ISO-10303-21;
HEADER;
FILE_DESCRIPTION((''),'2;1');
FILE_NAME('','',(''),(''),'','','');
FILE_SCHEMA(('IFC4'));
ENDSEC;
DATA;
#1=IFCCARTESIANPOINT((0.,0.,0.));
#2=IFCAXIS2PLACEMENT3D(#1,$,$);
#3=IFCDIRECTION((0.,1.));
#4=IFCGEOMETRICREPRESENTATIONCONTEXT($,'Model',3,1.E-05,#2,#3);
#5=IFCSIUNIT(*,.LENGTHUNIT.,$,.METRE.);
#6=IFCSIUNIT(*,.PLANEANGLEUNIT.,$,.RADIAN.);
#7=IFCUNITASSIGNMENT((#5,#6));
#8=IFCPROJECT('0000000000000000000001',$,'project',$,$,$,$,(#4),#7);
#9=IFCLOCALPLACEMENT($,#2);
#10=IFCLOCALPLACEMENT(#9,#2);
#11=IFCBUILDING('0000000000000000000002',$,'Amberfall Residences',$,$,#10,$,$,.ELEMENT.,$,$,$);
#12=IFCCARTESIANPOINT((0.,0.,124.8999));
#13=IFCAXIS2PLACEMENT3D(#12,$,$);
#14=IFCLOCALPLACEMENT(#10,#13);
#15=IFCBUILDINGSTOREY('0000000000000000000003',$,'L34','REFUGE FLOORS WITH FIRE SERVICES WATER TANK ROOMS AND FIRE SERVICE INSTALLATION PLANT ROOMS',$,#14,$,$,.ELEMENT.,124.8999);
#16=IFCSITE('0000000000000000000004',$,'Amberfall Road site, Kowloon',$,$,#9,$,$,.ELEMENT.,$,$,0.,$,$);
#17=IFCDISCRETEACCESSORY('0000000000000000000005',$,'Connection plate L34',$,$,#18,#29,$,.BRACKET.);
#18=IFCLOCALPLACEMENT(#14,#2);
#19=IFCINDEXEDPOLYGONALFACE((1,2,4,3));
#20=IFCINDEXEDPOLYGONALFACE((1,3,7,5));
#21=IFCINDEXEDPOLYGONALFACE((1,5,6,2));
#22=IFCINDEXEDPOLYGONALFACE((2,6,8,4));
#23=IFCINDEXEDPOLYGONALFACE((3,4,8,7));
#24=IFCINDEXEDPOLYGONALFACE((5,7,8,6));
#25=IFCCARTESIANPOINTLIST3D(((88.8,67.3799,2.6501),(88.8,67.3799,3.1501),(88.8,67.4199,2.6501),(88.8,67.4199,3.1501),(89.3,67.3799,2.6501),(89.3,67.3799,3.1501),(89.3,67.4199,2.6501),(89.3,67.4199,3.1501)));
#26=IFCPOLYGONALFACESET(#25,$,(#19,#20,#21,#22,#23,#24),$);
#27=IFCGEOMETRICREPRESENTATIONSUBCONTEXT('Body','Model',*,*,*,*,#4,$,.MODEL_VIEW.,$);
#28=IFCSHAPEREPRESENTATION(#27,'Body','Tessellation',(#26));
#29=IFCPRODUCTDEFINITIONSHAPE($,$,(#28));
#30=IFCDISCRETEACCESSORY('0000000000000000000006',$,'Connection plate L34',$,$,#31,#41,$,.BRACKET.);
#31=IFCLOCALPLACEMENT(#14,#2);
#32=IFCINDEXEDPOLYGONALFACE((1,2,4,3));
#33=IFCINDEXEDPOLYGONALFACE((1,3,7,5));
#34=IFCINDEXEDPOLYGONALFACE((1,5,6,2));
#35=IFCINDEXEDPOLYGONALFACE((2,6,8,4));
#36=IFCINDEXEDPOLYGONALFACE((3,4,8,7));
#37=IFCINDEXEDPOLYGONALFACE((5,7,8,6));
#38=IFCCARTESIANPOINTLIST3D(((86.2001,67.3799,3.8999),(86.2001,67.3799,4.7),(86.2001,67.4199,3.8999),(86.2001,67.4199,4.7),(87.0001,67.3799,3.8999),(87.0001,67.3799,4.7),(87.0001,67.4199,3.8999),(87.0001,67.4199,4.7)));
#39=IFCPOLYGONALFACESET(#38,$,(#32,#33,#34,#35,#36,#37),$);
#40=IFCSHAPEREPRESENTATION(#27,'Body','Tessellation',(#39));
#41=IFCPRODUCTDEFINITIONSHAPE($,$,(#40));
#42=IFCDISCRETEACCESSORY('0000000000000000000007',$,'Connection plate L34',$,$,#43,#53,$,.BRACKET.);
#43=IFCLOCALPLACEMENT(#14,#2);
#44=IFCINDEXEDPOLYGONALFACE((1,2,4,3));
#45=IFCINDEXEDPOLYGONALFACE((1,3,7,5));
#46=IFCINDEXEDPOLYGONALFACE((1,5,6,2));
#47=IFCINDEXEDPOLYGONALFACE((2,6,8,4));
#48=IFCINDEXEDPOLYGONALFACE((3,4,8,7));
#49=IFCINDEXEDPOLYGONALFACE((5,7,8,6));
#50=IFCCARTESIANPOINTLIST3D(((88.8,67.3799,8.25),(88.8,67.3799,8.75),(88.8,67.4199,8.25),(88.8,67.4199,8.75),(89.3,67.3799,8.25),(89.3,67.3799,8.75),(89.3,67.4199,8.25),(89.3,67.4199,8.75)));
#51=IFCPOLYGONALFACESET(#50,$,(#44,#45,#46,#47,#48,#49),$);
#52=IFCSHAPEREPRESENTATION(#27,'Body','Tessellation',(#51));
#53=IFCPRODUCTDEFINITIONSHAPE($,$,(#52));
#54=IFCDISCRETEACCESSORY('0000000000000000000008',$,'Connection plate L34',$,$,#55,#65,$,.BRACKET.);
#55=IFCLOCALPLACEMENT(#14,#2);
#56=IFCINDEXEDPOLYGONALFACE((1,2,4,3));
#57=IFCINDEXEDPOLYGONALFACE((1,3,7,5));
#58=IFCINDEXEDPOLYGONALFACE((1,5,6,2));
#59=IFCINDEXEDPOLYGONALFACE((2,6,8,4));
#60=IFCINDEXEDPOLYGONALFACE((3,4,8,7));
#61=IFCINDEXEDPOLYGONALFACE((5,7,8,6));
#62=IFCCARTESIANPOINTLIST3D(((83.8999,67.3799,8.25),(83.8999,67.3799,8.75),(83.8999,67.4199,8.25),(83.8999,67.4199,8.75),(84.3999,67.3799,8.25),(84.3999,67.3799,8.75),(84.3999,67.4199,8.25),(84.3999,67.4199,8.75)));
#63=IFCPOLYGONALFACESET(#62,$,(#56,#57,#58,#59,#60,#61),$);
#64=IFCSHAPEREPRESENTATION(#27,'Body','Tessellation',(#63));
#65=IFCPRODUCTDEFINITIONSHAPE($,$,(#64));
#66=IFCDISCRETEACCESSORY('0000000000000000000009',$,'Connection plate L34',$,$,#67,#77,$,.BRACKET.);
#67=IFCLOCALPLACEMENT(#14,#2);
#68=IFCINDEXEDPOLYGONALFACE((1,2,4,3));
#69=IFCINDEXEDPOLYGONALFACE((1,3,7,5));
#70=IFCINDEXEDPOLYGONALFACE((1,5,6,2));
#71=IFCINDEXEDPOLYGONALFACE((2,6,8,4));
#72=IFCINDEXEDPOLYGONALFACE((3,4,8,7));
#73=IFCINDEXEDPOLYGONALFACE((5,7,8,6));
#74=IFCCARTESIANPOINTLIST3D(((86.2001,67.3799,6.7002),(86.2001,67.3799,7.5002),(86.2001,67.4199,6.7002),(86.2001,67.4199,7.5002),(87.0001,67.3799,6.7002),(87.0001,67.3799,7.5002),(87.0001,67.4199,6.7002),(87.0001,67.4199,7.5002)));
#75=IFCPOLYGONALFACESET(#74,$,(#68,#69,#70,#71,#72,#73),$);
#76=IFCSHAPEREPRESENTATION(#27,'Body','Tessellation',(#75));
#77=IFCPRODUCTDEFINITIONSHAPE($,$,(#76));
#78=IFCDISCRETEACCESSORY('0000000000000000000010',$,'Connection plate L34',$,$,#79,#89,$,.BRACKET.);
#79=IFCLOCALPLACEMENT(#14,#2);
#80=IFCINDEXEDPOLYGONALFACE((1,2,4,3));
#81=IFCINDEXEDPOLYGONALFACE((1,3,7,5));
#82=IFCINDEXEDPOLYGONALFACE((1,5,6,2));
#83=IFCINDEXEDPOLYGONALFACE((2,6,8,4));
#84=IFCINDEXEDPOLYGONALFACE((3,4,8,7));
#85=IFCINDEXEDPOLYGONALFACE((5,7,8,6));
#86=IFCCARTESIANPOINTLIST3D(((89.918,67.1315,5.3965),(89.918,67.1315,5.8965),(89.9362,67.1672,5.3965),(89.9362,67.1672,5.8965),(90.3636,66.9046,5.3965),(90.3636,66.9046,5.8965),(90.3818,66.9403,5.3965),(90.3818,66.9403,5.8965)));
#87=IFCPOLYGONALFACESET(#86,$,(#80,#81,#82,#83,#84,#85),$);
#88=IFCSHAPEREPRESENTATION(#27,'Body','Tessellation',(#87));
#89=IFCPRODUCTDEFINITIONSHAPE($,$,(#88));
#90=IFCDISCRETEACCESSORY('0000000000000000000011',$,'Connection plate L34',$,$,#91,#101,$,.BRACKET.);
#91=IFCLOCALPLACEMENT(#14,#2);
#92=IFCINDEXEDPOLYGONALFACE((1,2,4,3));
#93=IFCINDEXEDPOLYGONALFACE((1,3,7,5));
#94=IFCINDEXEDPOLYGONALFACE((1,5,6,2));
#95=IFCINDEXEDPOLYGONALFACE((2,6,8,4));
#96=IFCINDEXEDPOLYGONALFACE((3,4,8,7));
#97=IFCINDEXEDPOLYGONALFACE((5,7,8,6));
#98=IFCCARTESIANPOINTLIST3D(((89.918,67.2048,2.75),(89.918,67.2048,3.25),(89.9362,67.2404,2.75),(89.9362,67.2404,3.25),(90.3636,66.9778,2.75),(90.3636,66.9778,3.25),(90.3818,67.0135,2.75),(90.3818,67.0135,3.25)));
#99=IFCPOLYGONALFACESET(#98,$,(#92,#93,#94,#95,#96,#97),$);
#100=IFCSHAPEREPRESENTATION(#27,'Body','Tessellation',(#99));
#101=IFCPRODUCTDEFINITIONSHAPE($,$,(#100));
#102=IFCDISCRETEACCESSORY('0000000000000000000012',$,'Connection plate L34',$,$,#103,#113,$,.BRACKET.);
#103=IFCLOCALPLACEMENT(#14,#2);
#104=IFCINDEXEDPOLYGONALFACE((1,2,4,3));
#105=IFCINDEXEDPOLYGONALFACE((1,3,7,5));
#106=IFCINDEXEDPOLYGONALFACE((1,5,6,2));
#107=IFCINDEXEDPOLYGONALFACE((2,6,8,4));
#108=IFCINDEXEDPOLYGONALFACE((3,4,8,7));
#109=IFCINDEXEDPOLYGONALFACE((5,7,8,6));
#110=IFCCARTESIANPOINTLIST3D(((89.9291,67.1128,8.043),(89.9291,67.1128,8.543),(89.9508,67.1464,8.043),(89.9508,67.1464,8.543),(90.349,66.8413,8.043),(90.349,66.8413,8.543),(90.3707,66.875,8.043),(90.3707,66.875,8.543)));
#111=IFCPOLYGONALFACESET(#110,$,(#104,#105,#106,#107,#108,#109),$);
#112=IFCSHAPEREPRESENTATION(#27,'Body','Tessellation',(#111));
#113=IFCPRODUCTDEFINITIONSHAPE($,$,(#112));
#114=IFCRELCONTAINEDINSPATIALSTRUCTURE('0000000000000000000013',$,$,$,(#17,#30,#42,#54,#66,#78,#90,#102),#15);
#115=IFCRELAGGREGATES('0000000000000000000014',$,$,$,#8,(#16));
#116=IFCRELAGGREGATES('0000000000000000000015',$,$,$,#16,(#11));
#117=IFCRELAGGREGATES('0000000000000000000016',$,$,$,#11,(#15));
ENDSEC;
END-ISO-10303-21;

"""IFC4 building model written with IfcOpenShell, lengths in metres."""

from ifc_helpers import new_model, si_unit, direction, frame, origin, origin_2d, place, context, subcontext, project, spatial, rectangle, extrude, element, save


model = new_model("IFC4")

# Units and contexts
model_context = context("Model", 3, precision=1e-05, world=origin(), true_north=direction((0.0, 1.0)))
body_context = subcontext(model_context, "Body", "Model", "MODEL_VIEW")
ifc_project = project(units=[si_unit("LENGTHUNIT", "METRE"), si_unit("PLANEANGLEUNIT", "RADIAN")], contexts=[model_context])

# Site, building, storey
site_placement = place(None, origin())
site = spatial("IfcSite", under=ifc_project, at=site_placement, Name="Amberfall Road site, Kowloon", CompositionType="ELEMENT", RefElevation=0.0)
building_placement = place(site_placement, origin())
building = spatial("IfcBuilding", under=site, at=building_placement, Name="Amberfall Residences", CompositionType="ELEMENT")
storey_placement = place(building_placement, frame((0.0, 0.0, 124.8999)))
storey = spatial("IfcBuildingStorey", under=building, at=storey_placement, Name="L34", Description="REFUGE FLOORS WITH FIRE SERVICES WATER TANK ROOMS AND FIRE SERVICE INSTALLATION PLANT ROOMS", CompositionType="ELEMENT", Elevation=124.8999)

# Discrete accessories
for number, where, z_axis, x_axis, name in (
    (1, (89.05, 67.3999, 2.6501), (0.0, 0.0, 1.0), (1.0, 0.0, 0.0), "Connection plate L34"),
):
    element("IfcDiscreteAccessory", number, at=place(storey_placement, frame(where, z_axis=z_axis, x_axis=x_axis)), inside=storey, Name=name, PredefinedType="BRACKET", context=body_context, shape_type="SweptSolid", body=[
        extrude(rectangle(XDim=0.5, YDim=0.04, at=origin_2d()), origin(), (0.0, 0.0, 1.0), 0.5),
    ])
discrete_accessory_1_placement = place(storey_placement, frame((86.6001, 67.3999, 3.8999), z_axis=(0.0, 0.0, 1.0), x_axis=(1.0, 0.0, 0.0)))
element("IfcDiscreteAccessory", 2, at=discrete_accessory_1_placement, inside=storey, Name="Connection plate L34", PredefinedType="BRACKET", context=body_context, shape_type="SweptSolid", body=[
    extrude(rectangle(XDim=0.8, YDim=0.04, at=origin_2d()), origin(), (0.0, 0.0, 1.0), 0.8),
])
for number, where, z_axis, x_axis, name in (
    (3, (89.05, 67.3999, 8.25), (0.0, 0.0, 1.0), (1.0, 0.0, 0.0), "Connection plate L34"),
    (4, (84.1499, 67.3999, 8.25), (0.0, 0.0, 1.0), (1.0, 0.0, 0.0), "Connection plate L34"),
):
    element("IfcDiscreteAccessory", number, at=place(storey_placement, frame(where, z_axis=z_axis, x_axis=x_axis)), inside=storey, Name=name, PredefinedType="BRACKET", context=body_context, shape_type="SweptSolid", body=[
        extrude(rectangle(XDim=0.5, YDim=0.04, at=origin_2d()), origin(), (0.0, 0.0, 1.0), 0.5),
    ])
discrete_accessory_2_placement = place(storey_placement, frame((86.6001, 67.3999, 6.7002), z_axis=(0.0, 0.0, 1.0), x_axis=(1.0, 0.0, 0.0)))
element("IfcDiscreteAccessory", 5, at=discrete_accessory_2_placement, inside=storey, Name="Connection plate L34", PredefinedType="BRACKET", context=body_context, shape_type="SweptSolid", body=[
    extrude(rectangle(XDim=0.8, YDim=0.04, at=origin_2d()), origin(), (0.0, 0.0, 1.0), 0.8),
])
for number, where, z_axis, x_axis, name in (
    (6, (90.1499, 67.0359, 5.3965), (0.0, 0.0, 1.0), (-0.891086, 0.453835, 0.0), "Connection plate L34"),
    (7, (90.1499, 67.1091, 2.75), (0.0, 0.0, 1.0), (-0.891086, 0.453835, 0.0), "Connection plate L34"),
    (8, (90.1499, 66.9939, 8.043), (0.0, 0.0, 1.0), (-0.839772, 0.54294, 0.0), "Connection plate L34"),
):
    element("IfcDiscreteAccessory", number, at=place(storey_placement, frame(where, z_axis=z_axis, x_axis=x_axis)), inside=storey, Name=name, PredefinedType="BRACKET", context=body_context, shape_type="SweptSolid", body=[
        extrude(rectangle(XDim=0.5, YDim=0.04, at=origin_2d()), origin(), (0.0, 0.0, 1.0), 0.5),
    ])

save(model, "model.ifc")
